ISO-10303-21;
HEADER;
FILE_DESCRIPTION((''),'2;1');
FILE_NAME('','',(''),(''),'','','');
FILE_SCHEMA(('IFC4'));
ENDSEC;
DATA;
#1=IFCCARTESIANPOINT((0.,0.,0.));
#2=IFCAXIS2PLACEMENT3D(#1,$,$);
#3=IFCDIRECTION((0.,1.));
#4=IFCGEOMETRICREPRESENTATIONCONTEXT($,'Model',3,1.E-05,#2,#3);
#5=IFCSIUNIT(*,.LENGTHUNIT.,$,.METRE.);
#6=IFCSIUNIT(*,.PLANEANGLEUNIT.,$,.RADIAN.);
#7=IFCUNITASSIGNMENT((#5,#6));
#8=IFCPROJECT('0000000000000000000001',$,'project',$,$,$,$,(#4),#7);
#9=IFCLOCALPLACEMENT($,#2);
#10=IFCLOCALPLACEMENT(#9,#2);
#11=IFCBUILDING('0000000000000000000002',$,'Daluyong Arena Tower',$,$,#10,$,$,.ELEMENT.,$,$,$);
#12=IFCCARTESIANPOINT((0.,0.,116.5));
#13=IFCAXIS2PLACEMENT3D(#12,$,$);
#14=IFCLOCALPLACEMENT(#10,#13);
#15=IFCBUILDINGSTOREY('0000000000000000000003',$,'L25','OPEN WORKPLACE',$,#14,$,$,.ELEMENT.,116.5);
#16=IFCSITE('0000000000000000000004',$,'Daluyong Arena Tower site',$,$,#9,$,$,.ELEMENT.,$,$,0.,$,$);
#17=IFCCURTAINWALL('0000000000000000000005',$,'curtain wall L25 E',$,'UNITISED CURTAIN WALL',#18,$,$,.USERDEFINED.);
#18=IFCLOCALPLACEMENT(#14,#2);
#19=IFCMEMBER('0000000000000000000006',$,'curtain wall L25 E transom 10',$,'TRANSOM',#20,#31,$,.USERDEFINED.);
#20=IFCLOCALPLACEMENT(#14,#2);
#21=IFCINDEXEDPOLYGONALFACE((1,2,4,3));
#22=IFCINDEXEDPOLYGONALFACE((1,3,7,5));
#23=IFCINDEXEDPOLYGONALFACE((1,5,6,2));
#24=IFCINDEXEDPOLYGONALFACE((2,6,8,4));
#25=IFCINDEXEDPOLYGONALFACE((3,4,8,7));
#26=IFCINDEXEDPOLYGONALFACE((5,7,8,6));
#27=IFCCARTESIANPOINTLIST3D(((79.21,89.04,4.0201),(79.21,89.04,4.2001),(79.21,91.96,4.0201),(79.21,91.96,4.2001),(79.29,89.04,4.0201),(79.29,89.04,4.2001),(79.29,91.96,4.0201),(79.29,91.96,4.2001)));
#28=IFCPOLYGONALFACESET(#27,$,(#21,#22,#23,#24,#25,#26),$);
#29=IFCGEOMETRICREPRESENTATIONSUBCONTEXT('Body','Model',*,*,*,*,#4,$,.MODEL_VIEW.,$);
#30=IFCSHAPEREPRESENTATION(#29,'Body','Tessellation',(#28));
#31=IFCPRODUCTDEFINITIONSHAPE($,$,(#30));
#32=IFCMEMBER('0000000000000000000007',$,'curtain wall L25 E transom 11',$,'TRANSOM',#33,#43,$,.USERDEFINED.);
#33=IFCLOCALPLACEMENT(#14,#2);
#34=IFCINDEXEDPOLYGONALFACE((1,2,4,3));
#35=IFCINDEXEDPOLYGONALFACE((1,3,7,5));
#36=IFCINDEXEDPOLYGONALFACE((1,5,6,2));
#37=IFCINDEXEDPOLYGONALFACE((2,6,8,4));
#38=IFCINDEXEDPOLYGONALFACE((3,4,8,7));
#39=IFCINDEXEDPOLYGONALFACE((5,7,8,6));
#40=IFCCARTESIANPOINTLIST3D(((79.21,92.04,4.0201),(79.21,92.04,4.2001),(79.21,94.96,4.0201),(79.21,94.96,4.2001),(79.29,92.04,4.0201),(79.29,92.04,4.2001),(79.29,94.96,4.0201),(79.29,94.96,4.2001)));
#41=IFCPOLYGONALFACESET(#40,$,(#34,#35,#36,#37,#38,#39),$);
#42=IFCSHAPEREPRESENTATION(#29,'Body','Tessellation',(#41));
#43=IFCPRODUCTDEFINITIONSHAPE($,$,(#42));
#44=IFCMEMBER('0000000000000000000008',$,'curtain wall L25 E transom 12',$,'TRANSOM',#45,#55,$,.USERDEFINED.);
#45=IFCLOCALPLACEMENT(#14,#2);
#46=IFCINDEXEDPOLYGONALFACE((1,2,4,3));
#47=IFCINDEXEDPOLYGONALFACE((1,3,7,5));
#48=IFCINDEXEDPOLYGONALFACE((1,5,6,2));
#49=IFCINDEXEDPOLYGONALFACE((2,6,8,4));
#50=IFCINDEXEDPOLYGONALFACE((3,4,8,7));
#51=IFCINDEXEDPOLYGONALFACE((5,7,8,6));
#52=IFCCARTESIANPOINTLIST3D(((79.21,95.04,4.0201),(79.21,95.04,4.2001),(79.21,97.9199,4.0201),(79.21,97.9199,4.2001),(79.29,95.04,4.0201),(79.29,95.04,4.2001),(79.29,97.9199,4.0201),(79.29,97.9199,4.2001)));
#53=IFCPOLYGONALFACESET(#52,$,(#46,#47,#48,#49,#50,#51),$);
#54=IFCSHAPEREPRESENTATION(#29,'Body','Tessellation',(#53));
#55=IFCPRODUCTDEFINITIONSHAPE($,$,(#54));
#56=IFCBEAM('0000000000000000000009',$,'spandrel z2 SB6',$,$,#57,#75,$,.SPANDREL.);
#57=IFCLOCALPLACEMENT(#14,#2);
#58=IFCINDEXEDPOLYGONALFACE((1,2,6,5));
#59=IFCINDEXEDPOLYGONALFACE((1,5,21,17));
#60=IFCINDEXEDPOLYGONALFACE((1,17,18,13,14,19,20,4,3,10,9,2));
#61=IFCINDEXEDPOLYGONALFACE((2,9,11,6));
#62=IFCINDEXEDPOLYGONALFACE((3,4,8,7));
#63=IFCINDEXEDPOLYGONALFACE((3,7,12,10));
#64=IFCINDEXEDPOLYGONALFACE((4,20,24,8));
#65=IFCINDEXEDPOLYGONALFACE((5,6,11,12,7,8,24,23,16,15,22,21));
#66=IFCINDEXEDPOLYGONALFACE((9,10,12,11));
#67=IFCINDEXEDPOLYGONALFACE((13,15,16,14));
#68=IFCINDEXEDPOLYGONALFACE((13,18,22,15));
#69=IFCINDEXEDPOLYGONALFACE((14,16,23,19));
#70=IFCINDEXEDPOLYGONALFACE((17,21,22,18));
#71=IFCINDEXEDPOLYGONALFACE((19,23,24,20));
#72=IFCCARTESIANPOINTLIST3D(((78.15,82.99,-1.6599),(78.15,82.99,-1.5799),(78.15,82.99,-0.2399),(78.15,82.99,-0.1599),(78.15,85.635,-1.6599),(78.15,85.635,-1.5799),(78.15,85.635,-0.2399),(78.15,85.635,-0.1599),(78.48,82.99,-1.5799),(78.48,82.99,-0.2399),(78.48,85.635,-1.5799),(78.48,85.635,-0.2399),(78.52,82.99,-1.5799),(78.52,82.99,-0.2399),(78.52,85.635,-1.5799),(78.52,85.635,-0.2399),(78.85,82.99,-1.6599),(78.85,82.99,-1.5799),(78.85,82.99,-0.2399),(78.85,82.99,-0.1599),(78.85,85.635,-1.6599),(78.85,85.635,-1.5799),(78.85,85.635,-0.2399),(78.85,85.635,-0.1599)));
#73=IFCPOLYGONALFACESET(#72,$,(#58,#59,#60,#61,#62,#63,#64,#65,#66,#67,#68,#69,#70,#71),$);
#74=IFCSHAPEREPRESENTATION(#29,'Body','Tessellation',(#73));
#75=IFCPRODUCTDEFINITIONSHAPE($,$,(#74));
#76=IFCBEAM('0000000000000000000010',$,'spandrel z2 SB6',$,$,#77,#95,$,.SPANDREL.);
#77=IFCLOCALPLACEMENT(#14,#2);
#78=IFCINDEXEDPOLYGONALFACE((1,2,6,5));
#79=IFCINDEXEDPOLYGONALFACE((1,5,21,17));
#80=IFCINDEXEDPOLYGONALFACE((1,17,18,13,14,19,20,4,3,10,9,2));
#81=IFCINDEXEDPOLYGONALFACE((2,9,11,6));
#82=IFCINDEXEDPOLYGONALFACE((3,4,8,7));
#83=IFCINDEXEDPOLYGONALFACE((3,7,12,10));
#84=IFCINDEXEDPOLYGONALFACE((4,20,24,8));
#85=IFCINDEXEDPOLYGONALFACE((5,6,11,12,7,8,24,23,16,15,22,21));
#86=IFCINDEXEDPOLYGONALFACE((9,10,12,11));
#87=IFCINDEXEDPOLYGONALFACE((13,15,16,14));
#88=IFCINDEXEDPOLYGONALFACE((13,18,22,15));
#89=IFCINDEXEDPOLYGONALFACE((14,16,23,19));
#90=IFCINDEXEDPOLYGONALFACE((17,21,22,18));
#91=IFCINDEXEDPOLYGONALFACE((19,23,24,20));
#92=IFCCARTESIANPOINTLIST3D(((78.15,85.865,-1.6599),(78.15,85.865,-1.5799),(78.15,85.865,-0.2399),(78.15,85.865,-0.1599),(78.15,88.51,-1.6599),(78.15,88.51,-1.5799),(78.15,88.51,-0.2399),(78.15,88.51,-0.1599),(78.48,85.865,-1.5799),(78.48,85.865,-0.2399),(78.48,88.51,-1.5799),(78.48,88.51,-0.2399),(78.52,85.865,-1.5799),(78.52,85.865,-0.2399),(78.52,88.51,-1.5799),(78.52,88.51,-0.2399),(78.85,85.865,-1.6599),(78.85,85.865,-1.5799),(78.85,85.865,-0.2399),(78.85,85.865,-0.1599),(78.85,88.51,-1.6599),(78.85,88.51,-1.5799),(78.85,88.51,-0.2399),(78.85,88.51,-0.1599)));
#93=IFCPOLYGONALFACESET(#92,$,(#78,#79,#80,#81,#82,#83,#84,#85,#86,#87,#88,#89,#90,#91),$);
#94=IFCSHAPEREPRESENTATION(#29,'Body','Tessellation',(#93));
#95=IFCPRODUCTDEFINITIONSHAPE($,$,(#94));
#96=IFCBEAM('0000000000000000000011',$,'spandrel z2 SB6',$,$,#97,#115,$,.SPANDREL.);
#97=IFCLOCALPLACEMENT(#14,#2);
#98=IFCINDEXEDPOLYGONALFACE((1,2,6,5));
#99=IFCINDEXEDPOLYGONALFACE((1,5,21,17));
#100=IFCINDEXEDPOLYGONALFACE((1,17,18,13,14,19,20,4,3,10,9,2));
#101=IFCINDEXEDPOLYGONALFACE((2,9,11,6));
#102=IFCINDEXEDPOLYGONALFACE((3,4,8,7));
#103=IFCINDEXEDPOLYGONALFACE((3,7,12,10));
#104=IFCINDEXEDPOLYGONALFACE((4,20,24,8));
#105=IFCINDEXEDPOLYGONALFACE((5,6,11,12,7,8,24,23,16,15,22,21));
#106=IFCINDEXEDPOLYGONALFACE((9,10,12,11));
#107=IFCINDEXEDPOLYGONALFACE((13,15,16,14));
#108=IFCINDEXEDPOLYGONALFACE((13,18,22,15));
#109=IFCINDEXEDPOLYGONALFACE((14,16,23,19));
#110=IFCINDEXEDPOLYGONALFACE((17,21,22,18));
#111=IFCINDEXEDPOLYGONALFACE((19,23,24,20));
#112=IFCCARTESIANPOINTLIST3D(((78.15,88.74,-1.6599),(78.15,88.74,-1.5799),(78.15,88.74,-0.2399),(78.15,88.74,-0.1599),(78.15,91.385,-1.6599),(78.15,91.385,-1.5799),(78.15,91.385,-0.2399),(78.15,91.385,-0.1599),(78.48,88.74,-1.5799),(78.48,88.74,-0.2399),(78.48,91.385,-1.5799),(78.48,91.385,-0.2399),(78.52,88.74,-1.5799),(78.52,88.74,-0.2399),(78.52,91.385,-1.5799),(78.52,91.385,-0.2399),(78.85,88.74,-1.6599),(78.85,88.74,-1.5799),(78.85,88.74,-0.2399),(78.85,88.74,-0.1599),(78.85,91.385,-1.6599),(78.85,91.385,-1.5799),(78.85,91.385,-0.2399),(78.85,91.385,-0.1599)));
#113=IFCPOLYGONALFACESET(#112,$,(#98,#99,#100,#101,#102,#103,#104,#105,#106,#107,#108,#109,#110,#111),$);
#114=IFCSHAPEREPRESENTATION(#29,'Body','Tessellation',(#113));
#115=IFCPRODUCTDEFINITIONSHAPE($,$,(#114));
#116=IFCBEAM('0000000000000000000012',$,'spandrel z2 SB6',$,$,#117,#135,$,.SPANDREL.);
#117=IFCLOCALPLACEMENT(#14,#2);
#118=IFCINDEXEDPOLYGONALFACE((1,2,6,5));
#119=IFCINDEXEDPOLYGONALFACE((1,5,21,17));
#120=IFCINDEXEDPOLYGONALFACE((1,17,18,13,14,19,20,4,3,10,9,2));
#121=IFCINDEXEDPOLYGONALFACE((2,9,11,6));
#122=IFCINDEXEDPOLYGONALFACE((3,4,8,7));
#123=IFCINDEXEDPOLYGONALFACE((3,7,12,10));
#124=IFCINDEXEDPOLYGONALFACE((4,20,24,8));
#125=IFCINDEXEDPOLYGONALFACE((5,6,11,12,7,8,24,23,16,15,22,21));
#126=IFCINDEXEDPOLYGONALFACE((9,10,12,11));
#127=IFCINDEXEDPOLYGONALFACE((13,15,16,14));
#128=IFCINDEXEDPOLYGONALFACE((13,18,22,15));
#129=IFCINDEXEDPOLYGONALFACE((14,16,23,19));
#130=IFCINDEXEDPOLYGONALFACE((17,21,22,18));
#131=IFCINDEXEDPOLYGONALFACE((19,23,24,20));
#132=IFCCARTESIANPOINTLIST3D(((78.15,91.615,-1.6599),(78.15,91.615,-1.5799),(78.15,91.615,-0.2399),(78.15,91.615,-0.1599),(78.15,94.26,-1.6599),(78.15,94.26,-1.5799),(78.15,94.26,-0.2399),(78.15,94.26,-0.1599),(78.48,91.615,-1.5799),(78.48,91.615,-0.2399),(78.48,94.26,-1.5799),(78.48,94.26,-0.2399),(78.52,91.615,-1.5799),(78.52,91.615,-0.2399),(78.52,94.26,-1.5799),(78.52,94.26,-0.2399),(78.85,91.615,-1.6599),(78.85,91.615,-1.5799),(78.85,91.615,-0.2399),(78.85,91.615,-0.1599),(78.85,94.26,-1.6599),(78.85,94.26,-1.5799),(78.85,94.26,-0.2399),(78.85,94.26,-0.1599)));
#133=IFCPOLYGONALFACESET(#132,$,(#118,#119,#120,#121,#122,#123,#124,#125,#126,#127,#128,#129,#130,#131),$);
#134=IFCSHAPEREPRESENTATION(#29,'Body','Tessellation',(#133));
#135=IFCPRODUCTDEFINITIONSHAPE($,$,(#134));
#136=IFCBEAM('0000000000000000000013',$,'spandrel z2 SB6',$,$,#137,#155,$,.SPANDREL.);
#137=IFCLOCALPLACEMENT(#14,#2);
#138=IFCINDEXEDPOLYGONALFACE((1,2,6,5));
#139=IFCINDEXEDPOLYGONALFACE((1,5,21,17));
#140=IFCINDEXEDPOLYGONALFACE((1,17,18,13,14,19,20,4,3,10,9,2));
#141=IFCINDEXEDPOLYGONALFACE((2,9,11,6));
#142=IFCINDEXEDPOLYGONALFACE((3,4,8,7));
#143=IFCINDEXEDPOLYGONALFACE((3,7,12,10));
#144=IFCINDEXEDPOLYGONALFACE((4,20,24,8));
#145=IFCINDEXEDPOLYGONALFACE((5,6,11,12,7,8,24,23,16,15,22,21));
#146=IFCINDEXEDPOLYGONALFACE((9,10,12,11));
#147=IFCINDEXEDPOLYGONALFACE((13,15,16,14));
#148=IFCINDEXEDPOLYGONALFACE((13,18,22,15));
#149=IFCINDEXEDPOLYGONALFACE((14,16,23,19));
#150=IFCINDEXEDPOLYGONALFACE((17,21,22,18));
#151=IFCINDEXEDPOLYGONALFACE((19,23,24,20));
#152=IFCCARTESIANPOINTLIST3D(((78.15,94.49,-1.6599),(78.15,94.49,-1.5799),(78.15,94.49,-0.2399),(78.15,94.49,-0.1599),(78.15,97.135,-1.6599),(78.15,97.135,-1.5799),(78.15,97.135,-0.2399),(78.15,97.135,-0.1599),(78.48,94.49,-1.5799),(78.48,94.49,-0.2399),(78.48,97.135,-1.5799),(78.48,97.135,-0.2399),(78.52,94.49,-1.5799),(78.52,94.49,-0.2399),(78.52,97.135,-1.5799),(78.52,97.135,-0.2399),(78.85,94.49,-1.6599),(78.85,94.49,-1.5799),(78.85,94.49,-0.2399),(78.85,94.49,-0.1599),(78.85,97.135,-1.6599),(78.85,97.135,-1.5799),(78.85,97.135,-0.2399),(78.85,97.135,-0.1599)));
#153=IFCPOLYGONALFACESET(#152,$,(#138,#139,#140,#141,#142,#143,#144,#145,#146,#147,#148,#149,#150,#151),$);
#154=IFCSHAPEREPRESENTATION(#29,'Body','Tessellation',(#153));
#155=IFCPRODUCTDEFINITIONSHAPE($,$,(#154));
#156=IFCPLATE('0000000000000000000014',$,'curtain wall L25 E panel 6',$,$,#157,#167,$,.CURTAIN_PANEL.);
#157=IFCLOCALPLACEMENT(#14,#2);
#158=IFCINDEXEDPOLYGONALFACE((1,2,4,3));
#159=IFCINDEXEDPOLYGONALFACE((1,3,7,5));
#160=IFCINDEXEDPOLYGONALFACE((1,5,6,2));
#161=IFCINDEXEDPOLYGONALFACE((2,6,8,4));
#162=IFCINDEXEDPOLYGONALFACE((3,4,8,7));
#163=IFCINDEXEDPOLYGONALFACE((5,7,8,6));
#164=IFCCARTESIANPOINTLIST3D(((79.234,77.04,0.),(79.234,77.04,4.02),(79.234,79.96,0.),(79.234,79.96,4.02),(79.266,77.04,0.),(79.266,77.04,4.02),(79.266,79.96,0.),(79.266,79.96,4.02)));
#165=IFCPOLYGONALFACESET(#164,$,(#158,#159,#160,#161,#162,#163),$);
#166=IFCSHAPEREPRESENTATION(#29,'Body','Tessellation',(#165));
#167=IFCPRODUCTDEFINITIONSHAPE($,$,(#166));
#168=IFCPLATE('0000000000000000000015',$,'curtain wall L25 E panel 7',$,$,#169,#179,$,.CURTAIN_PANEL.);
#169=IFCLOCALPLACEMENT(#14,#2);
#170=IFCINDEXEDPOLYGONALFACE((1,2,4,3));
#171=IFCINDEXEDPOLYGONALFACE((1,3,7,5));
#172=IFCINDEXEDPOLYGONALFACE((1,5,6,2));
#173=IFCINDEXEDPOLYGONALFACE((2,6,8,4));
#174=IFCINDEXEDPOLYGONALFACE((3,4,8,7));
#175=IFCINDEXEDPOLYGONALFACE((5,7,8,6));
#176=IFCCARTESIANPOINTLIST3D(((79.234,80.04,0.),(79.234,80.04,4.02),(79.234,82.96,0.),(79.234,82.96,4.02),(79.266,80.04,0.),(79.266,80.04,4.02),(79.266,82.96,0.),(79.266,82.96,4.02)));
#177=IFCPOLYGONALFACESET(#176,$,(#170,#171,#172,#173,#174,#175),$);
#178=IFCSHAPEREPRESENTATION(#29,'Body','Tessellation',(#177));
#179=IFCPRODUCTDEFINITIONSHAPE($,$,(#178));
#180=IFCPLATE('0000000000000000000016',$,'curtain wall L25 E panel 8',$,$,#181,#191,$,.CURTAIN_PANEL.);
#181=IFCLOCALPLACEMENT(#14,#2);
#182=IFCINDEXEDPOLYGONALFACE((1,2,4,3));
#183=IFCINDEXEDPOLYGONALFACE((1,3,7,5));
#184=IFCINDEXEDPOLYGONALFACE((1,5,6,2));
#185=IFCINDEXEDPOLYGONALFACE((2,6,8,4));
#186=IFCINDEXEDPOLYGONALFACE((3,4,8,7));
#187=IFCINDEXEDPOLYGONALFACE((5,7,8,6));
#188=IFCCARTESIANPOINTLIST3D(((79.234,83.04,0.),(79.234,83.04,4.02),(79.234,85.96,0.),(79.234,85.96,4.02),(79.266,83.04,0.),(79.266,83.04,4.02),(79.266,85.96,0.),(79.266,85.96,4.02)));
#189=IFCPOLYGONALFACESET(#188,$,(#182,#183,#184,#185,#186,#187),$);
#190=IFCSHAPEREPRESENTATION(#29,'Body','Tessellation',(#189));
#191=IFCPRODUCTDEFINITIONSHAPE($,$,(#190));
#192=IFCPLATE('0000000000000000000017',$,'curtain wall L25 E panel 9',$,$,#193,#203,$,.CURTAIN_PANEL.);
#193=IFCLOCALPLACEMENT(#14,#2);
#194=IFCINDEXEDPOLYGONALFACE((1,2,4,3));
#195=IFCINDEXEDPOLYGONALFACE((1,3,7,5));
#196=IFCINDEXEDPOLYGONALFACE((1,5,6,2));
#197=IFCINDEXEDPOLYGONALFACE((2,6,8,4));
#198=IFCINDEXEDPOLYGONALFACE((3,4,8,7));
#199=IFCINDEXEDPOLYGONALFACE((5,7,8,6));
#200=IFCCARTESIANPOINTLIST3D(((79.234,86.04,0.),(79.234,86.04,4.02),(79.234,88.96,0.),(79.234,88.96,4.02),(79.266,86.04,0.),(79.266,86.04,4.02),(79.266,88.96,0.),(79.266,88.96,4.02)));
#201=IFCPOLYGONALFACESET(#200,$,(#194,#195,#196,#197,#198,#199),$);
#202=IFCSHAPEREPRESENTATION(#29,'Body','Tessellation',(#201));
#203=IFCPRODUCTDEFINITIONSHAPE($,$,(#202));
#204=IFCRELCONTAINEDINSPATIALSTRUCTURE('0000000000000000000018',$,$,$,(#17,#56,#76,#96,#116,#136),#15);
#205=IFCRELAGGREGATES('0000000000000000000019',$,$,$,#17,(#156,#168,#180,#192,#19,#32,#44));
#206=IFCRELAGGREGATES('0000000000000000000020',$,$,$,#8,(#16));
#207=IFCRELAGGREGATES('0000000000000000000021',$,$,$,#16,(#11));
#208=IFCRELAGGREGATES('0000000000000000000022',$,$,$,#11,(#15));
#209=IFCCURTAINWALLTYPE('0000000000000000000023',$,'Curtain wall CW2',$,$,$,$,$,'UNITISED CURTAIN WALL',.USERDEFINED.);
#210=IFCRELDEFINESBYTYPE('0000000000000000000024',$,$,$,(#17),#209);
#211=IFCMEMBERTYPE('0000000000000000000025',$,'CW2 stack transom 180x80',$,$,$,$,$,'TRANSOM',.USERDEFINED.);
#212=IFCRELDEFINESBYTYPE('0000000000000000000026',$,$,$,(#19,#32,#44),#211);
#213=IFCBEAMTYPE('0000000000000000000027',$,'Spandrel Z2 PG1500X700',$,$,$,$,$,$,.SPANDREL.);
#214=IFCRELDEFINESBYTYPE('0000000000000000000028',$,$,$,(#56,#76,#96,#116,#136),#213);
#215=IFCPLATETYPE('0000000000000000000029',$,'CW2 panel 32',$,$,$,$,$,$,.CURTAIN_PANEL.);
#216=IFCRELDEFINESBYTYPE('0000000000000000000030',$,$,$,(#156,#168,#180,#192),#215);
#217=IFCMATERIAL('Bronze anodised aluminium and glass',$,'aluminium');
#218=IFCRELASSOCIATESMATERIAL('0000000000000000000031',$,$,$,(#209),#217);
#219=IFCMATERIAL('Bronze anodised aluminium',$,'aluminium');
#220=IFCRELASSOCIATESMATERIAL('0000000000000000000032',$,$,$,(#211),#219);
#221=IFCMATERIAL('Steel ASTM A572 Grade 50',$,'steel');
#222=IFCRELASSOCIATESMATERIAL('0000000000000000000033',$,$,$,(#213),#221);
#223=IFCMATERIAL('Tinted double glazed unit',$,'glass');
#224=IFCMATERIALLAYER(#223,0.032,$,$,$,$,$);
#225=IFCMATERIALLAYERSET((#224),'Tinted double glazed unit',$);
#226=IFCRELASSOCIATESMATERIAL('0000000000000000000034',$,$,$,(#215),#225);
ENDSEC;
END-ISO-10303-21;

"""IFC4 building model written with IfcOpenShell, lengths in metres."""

from ifc_helpers import new_model, si_unit, direction, frame, origin, origin_2d, place, context, subcontext, project, spatial, rectangle, i_section, extrude, material, layer, layer_set, material_profile, profile_set, type_object, element, aggregate, save


model = new_model("IFC4")

# Units and contexts
model_context = context("Model", 3, precision=1e-05, world=origin(), true_north=direction((0.0, 1.0)))
body_context = subcontext(model_context, "Body", "Model", "MODEL_VIEW")
ifc_project = project(units=[si_unit("LENGTHUNIT", "METRE"), si_unit("PLANEANGLEUNIT", "RADIAN")], contexts=[model_context])

# Site, building, storey
site_placement = place(None, origin())
site = spatial("IfcSite", under=ifc_project, at=site_placement, Name="Daluyong Arena Tower site", CompositionType="ELEMENT", RefElevation=0.0)
building_placement = place(site_placement, origin())
building = spatial("IfcBuilding", under=site, at=building_placement, Name="Daluyong Arena Tower", CompositionType="ELEMENT")
storey_placement = place(building_placement, frame((0.0, 0.0, 116.5)))
storey = spatial("IfcBuildingStorey", under=building, at=storey_placement, Name="L25", Description="OPEN WORKPLACE", CompositionType="ELEMENT", Elevation=116.5)

# Curtain wall, members
ifc_material_1 = material(Name="Bronze anodised aluminium and glass", Category="aluminium")
curtain_wall_type = type_object("IfcCurtainWallType", Name="Curtain wall CW2", ElementType="UNITISED CURTAIN WALL", PredefinedType="USERDEFINED", material=ifc_material_1)
curtain_wall_placement = place(storey_placement, origin())
curtain_wall = element("IfcCurtainWall", 1, at=curtain_wall_placement, inside=storey, type_object=curtain_wall_type, Name="curtain wall L25 E", ObjectType="UNITISED CURTAIN WALL", PredefinedType="USERDEFINED")
ifc_material_2 = material(Name="Bronze anodised aluminium", Category="aluminium")
ifc_material_profile_1 = material_profile(ifc_material_2, rectangle(XDim=0.0801, YDim=0.1799, at=origin_2d()))
ifc_profile_set_1 = profile_set([ifc_material_profile_1], Name="Bronze anodised aluminium")
member_type_1 = type_object("IfcMemberType", Name="CW2 stack transom 180x80", ElementType="TRANSOM", PredefinedType="USERDEFINED", material=ifc_profile_set_1)
member_1_placement = place(storey_placement, frame((79.25, 89.04, 4.1101), z_axis=(0.0, 1.0, 0.0), x_axis=(-1.0, 0.0, 0.0)))
member_1 = element("IfcMember", 2, at=member_1_placement, type_object=member_type_1, Name="curtain wall L25 E transom 10", ObjectType="TRANSOM", PredefinedType="USERDEFINED", context=body_context, shape_type="SweptSolid", body=[
    extrude(rectangle(XDim=0.0801, YDim=0.1799, at=origin_2d()), origin(), (0.0, 0.0, 1.0), 2.9199),
])
member_2_placement = place(storey_placement, frame((79.25, 92.04, 4.1101), z_axis=(0.0, 1.0, 0.0), x_axis=(-1.0, 0.0, 0.0)))
member_2 = element("IfcMember", 3, at=member_2_placement, type_object=member_type_1, Name="curtain wall L25 E transom 11", ObjectType="TRANSOM", PredefinedType="USERDEFINED", context=body_context, shape_type="SweptSolid", body=[
    extrude(rectangle(XDim=0.0801, YDim=0.1799, at=origin_2d()), origin(), (0.0, 0.0, 1.0), 2.9199),
])
member_3_placement = place(storey_placement, frame((79.25, 95.04, 4.1101), z_axis=(0.0, 1.0, 0.0), x_axis=(-1.0, 0.0, 0.0)))
member_3 = element("IfcMember", 4, at=member_3_placement, type_object=member_type_1, Name="curtain wall L25 E transom 12", ObjectType="TRANSOM", PredefinedType="USERDEFINED", context=body_context, shape_type="SweptSolid", body=[
    extrude(rectangle(XDim=0.0801, YDim=0.1799, at=origin_2d()), origin(), (0.0, 0.0, 1.0), 2.8799),
])

# Beams
ifc_material_3 = material(Name="Steel ASTM A572 Grade 50", Category="steel")
ifc_material_profile_2 = material_profile(ifc_material_3, i_section(OverallWidth=0.7, OverallDepth=1.5, WebThickness=0.04, FlangeThickness=0.08, at=origin_2d()))
ifc_profile_set_2 = profile_set([ifc_material_profile_2], Name="Steel ASTM A572 Grade 50")
beam_type = type_object("IfcBeamType", Name="Spandrel Z2 PG1500X700", PredefinedType="SPANDREL", material=ifc_profile_set_2)
for number, where, z_axis, x_axis, name in (
    (5, (78.5, 82.99, -0.9099), (0.0, 1.0, 0.0), (-1.0, 0.0, 0.0), "spandrel z2 SB6"),
    (6, (78.5, 85.865, -0.9099), (0.0, 1.0, 0.0), (-1.0, 0.0, 0.0), "spandrel z2 SB6"),
    (7, (78.5, 88.74, -0.9099), (0.0, 1.0, 0.0), (-1.0, 0.0, 0.0), "spandrel z2 SB6"),
    (8, (78.5, 91.615, -0.9099), (0.0, 1.0, 0.0), (-1.0, 0.0, 0.0), "spandrel z2 SB6"),
    (9, (78.5, 94.49, -0.9099), (0.0, 1.0, 0.0), (-1.0, 0.0, 0.0), "spandrel z2 SB6"),
):
    element("IfcBeam", number, at=place(storey_placement, frame(where, z_axis=z_axis, x_axis=x_axis)), inside=storey, type_object=beam_type, Name=name, PredefinedType="SPANDREL", context=body_context, shape_type="SweptSolid", body=[
        extrude(i_section(OverallWidth=0.7, OverallDepth=1.5, WebThickness=0.04, FlangeThickness=0.08, at=origin_2d()), origin(), (0.0, 0.0, 1.0), 2.645),
    ])

# Plates
ifc_material_4 = material(Name="Tinted double glazed unit", Category="glass")
ifc_layer = layer(ifc_material_4, 0.032)
ifc_layer_set = layer_set([ifc_layer], Name="Tinted double glazed unit")
plate_type = type_object("IfcPlateType", Name="CW2 panel 32", PredefinedType="CURTAIN_PANEL", material=ifc_layer_set)
plate_1_placement = place(storey_placement, frame((79.25, 78.5, 0.0), z_axis=(0.0, 0.0, 1.0), x_axis=(0.0, 1.0, 0.0)))
plate_1 = element("IfcPlate", 10, at=plate_1_placement, type_object=plate_type, Name="curtain wall L25 E panel 6", PredefinedType="CURTAIN_PANEL", context=body_context, shape_type="SweptSolid", body=[
    extrude(rectangle(XDim=2.9199, YDim=0.032, at=origin_2d()), origin(), (0.0, 0.0, 1.0), 4.02),
])
plate_2_placement = place(storey_placement, frame((79.25, 81.5, 0.0), z_axis=(0.0, 0.0, 1.0), x_axis=(0.0, 1.0, 0.0)))
plate_2 = element("IfcPlate", 11, at=plate_2_placement, type_object=plate_type, Name="curtain wall L25 E panel 7", PredefinedType="CURTAIN_PANEL", context=body_context, shape_type="SweptSolid", body=[
    extrude(rectangle(XDim=2.9199, YDim=0.032, at=origin_2d()), origin(), (0.0, 0.0, 1.0), 4.02),
])
plate_3_placement = place(storey_placement, frame((79.25, 84.5, 0.0), z_axis=(0.0, 0.0, 1.0), x_axis=(0.0, 1.0, 0.0)))
plate_3 = element("IfcPlate", 12, at=plate_3_placement, type_object=plate_type, Name="curtain wall L25 E panel 8", PredefinedType="CURTAIN_PANEL", context=body_context, shape_type="SweptSolid", body=[
    extrude(rectangle(XDim=2.9199, YDim=0.032, at=origin_2d()), origin(), (0.0, 0.0, 1.0), 4.02),
])
plate_4_placement = place(storey_placement, frame((79.25, 87.5, 0.0), z_axis=(0.0, 0.0, 1.0), x_axis=(0.0, 1.0, 0.0)))
plate_4 = element("IfcPlate", 13, at=plate_4_placement, type_object=plate_type, Name="curtain wall L25 E panel 9", PredefinedType="CURTAIN_PANEL", context=body_context, shape_type="SweptSolid", body=[
    extrude(rectangle(XDim=2.9199, YDim=0.032, at=origin_2d()), origin(), (0.0, 0.0, 1.0), 4.02),
])
aggregate(curtain_wall, [plate_1, plate_2, plate_3, plate_4, member_1, member_2, member_3])

save(model, "model.ifc")
